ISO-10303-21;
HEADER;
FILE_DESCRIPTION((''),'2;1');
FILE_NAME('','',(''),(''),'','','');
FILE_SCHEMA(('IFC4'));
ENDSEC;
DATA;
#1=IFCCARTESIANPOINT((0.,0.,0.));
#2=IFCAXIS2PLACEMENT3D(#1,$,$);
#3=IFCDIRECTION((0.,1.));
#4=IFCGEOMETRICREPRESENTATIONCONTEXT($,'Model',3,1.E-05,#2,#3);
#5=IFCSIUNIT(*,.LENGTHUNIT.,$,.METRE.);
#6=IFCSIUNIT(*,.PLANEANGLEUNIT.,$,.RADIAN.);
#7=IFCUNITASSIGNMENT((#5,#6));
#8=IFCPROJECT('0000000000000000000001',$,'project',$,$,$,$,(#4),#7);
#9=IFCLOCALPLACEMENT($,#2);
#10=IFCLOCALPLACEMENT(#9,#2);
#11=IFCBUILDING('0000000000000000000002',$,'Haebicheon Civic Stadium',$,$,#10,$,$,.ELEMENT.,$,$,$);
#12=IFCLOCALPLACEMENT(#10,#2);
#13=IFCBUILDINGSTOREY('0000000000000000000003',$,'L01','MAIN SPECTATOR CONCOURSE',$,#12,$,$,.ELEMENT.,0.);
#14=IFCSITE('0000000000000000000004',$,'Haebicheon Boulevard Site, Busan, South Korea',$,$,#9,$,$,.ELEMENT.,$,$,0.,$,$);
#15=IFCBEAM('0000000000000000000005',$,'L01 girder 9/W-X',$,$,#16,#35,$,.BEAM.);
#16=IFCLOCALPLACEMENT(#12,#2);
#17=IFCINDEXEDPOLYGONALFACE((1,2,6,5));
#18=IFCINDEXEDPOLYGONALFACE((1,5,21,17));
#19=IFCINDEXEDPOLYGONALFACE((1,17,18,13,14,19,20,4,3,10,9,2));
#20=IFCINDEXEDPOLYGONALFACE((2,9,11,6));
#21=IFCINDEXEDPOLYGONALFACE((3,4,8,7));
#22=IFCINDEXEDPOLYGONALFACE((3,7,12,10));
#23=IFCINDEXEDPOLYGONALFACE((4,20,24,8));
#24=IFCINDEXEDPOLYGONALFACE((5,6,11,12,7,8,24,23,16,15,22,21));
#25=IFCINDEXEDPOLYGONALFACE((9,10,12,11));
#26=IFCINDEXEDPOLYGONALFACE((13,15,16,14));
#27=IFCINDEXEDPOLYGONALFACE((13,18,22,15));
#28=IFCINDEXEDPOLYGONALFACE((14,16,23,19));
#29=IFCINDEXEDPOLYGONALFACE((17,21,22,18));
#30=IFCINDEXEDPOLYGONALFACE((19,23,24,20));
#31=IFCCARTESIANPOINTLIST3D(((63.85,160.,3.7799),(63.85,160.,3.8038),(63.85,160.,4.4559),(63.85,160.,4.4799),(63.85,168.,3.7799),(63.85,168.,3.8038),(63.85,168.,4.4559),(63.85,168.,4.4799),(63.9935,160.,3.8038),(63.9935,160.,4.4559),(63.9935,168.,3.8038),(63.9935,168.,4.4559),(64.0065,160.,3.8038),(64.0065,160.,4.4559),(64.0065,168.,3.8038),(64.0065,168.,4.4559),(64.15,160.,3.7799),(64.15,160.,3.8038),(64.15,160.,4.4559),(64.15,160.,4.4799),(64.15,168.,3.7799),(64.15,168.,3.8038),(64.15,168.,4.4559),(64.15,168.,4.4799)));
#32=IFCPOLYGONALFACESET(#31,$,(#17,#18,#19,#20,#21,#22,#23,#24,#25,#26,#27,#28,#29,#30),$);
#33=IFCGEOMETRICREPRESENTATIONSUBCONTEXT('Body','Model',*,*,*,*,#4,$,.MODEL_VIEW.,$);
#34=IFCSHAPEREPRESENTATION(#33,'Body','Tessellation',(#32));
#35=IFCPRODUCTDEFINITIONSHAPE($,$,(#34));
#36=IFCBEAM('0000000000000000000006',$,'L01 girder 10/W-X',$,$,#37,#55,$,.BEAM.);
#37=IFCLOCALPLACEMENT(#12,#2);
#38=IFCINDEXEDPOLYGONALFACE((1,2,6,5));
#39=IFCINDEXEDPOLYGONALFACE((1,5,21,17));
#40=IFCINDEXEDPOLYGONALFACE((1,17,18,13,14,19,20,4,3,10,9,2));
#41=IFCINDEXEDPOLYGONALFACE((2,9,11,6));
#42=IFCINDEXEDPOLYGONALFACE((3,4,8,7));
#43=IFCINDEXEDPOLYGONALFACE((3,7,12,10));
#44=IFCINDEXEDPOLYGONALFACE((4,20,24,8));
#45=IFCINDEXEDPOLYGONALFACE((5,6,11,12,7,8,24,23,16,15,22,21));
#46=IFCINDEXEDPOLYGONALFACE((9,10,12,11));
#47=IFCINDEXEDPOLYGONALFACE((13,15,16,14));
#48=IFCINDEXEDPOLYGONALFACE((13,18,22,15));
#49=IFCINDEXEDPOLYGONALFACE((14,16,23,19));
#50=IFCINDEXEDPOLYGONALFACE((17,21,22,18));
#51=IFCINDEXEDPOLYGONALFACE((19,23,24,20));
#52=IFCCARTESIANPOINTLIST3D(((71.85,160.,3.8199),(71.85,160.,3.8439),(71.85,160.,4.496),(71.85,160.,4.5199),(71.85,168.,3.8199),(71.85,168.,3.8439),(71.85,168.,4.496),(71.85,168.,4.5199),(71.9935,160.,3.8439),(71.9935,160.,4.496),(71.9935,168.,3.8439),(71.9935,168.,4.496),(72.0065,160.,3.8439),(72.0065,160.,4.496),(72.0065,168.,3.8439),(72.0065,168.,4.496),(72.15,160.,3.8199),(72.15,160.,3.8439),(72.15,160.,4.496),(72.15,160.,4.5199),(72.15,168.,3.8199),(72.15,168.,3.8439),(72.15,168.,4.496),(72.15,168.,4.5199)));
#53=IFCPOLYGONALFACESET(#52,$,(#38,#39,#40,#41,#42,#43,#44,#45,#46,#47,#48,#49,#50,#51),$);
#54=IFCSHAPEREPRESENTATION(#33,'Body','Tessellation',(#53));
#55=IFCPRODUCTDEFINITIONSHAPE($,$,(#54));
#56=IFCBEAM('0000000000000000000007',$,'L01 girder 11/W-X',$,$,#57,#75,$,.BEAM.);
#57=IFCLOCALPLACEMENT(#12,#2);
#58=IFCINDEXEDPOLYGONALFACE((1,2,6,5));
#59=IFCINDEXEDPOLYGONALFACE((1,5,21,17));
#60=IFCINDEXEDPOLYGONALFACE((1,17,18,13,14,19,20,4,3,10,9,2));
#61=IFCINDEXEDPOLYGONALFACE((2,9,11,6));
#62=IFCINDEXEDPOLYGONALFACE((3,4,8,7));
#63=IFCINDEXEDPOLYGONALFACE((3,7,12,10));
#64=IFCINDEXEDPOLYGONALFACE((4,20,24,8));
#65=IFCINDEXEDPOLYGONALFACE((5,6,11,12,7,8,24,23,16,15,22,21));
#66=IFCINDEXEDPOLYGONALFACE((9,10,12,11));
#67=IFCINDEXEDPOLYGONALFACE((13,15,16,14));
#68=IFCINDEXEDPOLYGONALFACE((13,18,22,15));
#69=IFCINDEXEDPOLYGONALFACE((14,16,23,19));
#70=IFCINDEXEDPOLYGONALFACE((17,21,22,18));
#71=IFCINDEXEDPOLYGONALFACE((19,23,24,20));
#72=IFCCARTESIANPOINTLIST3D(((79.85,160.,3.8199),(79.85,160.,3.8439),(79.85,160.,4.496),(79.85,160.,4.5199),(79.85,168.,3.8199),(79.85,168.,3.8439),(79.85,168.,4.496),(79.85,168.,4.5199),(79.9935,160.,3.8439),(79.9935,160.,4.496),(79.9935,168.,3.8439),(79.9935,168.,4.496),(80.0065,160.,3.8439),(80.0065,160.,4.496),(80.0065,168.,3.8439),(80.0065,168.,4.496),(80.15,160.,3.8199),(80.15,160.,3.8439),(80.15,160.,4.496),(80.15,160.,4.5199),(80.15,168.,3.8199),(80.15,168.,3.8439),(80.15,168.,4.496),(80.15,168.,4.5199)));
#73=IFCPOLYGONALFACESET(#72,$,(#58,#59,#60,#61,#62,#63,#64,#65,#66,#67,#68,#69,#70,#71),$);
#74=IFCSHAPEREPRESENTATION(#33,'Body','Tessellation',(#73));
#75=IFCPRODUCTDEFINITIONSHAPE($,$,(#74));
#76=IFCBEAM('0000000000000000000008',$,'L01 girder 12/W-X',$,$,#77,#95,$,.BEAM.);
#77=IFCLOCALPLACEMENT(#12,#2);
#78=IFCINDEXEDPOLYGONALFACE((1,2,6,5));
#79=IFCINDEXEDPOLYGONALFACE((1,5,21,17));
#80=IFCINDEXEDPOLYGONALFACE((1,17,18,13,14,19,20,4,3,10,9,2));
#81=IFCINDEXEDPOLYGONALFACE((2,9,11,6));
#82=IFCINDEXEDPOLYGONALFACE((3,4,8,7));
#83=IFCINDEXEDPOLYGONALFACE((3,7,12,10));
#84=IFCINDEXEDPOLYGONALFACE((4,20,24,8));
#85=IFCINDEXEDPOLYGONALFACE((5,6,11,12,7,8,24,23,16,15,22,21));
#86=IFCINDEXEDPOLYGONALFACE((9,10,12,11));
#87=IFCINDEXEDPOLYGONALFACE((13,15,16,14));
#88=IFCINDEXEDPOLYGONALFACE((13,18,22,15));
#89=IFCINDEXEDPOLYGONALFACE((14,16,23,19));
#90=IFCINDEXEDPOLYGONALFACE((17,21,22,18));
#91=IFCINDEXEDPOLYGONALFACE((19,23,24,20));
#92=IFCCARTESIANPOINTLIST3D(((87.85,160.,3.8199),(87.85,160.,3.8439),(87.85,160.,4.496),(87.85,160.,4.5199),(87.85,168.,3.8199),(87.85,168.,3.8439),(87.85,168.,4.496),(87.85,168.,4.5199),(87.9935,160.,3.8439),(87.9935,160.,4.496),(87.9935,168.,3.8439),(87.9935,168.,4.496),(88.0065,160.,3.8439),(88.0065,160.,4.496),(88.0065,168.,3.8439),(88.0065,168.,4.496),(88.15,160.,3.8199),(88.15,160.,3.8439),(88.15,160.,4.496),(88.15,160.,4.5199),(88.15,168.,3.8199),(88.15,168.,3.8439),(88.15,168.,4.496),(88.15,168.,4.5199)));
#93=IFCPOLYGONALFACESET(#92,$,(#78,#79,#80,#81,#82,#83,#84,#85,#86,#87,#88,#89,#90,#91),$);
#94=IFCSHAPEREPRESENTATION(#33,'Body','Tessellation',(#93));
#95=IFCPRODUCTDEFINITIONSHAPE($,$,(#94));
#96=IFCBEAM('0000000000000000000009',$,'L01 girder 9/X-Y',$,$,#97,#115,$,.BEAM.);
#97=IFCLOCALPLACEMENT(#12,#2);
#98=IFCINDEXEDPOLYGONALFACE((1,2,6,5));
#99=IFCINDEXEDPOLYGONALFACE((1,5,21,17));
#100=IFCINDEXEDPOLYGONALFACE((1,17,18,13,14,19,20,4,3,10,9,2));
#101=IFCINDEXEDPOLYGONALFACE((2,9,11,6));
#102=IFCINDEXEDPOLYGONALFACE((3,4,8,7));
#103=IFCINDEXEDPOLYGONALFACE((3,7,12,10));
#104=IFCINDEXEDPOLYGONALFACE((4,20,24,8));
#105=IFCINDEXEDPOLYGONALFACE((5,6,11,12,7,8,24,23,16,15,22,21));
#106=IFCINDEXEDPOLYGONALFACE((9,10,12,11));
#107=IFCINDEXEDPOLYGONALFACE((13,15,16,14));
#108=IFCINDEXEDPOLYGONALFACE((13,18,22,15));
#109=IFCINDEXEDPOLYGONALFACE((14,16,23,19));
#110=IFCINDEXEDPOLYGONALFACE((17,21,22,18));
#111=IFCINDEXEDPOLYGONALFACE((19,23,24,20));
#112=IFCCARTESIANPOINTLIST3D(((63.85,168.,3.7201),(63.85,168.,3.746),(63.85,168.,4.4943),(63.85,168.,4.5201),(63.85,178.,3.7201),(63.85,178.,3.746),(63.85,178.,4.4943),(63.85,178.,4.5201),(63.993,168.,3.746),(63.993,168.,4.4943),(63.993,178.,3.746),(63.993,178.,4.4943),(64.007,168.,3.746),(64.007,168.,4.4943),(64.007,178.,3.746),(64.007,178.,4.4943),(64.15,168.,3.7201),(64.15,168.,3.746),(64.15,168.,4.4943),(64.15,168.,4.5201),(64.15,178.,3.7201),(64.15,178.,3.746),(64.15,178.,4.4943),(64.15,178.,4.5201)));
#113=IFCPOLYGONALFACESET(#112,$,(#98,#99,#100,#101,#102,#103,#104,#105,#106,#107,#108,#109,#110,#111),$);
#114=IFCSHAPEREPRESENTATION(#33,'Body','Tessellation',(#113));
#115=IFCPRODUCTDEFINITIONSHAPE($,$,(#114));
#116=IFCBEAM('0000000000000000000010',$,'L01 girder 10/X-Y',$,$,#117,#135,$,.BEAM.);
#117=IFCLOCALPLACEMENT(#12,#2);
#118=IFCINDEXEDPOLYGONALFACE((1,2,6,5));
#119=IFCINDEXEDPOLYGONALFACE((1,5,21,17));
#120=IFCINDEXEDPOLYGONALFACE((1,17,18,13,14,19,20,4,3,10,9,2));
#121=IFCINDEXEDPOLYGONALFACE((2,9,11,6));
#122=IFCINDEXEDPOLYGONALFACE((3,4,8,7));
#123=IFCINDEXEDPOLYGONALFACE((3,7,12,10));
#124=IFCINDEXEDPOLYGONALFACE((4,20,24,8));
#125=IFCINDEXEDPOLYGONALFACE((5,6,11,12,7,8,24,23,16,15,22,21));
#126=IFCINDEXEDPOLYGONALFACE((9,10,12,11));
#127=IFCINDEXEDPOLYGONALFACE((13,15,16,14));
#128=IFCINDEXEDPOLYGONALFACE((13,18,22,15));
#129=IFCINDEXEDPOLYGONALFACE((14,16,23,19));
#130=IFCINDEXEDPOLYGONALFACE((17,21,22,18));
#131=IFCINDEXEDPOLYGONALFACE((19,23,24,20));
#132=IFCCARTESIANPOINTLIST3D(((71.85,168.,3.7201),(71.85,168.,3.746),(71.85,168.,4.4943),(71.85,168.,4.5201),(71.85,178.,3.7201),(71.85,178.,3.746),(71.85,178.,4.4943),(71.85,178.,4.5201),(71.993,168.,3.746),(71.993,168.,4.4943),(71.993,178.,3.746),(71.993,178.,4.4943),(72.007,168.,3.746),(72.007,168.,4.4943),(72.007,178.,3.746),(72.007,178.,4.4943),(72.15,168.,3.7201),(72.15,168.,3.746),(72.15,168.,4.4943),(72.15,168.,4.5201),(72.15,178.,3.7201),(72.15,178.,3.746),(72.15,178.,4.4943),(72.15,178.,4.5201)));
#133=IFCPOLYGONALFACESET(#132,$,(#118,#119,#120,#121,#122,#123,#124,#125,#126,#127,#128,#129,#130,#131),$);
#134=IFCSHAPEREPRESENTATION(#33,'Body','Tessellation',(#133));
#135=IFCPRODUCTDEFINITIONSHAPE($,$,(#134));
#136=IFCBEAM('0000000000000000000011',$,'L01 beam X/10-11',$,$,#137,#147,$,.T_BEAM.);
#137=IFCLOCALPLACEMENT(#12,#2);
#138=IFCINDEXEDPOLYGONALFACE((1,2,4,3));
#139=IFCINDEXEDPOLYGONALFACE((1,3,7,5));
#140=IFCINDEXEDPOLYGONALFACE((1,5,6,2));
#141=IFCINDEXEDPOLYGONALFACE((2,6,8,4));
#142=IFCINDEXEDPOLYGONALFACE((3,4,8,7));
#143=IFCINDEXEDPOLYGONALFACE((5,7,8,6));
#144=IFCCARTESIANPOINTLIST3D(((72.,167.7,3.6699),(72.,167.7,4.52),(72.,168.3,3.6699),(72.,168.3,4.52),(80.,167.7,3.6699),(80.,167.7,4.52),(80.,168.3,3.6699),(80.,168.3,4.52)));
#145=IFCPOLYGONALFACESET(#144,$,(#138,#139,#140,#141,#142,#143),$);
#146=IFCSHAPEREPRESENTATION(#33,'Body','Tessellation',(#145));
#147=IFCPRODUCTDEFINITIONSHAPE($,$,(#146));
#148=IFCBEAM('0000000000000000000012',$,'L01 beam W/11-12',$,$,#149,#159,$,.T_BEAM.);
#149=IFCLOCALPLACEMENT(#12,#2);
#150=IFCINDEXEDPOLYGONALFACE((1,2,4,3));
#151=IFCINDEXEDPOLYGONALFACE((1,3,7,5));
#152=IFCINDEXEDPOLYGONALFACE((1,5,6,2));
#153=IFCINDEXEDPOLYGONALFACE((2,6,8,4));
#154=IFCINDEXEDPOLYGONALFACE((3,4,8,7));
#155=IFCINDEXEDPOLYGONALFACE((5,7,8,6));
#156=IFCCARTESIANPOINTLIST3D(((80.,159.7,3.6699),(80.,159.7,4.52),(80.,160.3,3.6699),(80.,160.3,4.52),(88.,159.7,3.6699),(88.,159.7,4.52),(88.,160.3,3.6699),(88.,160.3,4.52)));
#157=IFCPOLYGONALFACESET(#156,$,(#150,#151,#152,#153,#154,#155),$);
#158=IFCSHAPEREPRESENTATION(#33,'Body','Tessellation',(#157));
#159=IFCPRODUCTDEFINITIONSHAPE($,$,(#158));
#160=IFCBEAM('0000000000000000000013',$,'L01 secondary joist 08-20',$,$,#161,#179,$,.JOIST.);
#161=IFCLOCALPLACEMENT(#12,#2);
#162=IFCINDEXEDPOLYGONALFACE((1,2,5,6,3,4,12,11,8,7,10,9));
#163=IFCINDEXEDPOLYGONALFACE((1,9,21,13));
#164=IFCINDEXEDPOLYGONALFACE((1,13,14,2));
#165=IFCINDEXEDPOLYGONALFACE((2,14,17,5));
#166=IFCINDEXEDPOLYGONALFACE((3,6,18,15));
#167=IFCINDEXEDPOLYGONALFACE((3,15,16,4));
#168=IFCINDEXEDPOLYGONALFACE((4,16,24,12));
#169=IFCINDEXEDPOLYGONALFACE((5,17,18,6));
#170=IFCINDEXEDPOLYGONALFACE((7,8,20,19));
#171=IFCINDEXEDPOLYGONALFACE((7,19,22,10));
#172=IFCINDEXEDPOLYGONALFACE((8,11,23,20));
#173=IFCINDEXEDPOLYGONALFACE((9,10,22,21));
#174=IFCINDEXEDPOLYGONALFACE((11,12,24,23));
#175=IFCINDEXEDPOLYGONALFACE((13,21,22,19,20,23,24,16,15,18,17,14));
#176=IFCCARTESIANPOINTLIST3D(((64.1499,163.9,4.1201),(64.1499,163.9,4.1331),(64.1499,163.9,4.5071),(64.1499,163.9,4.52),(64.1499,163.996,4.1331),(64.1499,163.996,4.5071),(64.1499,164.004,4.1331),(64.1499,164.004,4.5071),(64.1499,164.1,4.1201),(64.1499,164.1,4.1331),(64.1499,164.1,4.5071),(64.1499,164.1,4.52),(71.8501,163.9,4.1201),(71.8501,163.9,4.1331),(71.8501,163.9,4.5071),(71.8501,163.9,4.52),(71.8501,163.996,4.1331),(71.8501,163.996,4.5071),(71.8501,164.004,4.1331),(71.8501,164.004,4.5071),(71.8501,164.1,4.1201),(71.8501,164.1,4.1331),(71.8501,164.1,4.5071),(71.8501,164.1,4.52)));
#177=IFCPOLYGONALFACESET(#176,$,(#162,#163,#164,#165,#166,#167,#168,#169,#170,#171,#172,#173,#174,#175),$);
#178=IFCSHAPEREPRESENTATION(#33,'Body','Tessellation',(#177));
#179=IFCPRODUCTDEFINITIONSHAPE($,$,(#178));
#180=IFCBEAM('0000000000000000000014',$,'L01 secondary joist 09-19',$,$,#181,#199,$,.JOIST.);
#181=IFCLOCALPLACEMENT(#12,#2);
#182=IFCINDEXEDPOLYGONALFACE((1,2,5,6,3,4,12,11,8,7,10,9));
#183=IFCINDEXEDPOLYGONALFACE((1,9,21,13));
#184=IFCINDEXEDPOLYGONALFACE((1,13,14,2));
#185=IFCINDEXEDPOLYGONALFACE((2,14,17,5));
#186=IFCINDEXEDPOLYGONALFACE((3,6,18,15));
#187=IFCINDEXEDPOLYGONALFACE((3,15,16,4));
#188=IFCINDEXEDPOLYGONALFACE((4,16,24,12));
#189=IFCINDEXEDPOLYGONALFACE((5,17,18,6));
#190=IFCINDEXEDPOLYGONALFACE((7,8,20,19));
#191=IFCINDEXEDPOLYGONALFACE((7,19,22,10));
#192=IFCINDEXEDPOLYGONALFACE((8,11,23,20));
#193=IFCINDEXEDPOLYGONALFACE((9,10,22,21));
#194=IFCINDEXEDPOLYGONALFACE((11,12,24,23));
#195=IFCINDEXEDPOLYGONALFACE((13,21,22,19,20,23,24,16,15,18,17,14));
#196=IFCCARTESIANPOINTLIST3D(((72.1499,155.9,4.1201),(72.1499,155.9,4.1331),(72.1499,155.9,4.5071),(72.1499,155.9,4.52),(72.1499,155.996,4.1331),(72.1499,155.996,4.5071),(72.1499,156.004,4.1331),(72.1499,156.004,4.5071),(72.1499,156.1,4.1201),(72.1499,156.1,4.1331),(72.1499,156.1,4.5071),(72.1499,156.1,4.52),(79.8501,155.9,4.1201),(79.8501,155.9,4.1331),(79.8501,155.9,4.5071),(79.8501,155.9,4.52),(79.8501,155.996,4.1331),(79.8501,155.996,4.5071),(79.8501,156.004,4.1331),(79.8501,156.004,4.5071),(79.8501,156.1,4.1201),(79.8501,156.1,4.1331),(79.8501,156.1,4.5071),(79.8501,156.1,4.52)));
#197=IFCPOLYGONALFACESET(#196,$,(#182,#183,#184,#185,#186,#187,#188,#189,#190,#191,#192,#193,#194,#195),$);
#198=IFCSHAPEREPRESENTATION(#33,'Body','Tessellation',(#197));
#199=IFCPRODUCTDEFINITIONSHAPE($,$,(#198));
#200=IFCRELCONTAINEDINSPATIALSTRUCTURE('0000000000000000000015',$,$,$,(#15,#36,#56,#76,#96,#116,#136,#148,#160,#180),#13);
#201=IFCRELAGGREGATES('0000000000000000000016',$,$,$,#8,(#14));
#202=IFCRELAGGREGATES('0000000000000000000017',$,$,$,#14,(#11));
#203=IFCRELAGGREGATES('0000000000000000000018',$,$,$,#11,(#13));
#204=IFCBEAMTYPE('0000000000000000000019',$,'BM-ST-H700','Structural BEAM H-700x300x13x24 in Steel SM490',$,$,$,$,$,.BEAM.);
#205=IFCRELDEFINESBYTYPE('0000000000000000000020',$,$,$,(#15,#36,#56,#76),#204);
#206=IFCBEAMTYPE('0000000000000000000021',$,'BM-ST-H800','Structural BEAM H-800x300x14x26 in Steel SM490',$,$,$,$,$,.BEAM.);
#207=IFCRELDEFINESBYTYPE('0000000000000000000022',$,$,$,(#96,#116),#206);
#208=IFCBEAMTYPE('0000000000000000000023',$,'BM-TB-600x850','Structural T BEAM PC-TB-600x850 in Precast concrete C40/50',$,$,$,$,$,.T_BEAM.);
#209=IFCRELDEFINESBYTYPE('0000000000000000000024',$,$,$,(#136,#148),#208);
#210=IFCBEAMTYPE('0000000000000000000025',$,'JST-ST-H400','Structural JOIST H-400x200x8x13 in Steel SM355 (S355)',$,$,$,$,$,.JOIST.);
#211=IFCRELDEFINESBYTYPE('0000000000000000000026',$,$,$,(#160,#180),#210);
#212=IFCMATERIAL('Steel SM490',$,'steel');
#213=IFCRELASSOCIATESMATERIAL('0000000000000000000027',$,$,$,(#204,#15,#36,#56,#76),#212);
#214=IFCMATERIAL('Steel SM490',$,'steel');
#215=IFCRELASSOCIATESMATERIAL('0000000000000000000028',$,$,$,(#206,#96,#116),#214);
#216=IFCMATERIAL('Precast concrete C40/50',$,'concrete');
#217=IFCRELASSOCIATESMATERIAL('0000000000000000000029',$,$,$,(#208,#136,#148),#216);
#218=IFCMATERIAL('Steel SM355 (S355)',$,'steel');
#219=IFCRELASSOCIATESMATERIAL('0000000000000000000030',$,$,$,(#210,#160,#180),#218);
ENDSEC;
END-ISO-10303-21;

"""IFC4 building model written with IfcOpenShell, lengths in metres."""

from ifc_helpers import new_model, si_unit, direction, frame, origin, origin_2d, place, context, subcontext, project, spatial, rectangle, i_section, extrude, material, material_profile, profile_set, type_object, element, save


model = new_model("IFC4")

# Units and contexts
model_context = context("Model", 3, precision=1e-05, world=origin(), true_north=direction((0.0, 1.0)))
body_context = subcontext(model_context, "Body", "Model", "MODEL_VIEW")
ifc_project = project(units=[si_unit("LENGTHUNIT", "METRE"), si_unit("PLANEANGLEUNIT", "RADIAN")], contexts=[model_context])

# Site, building, storey
site_placement = place(None, origin())
site = spatial("IfcSite", under=ifc_project, at=site_placement, Name="Haebicheon Boulevard Site, Busan, South Korea", CompositionType="ELEMENT", RefElevation=0.0)
building_placement = place(site_placement, origin())
building = spatial("IfcBuilding", under=site, at=building_placement, Name="Haebicheon Civic Stadium", CompositionType="ELEMENT")
storey_placement = place(building_placement, origin())
storey = spatial("IfcBuildingStorey", under=building, at=storey_placement, Name="L01", Description="MAIN SPECTATOR CONCOURSE", CompositionType="ELEMENT", Elevation=0.0)

# Beams
ifc_material_1 = material(Name="Steel SM490", Category="steel")
ifc_material_profile_1 = material_profile(ifc_material_1, i_section(OverallWidth=0.3, OverallDepth=0.7, WebThickness=0.0129, FlangeThickness=0.0239, at=origin_2d()), Name="H-700x300x13x24")
ifc_profile_set_1 = profile_set([ifc_material_profile_1], Name="Steel SM490")
beam_type_1 = type_object("IfcBeamType", Name="BM-ST-H700", Description="Structural BEAM H-700x300x13x24 in Steel SM490", PredefinedType="BEAM", material=ifc_profile_set_1)
for number, where, z_axis, x_axis, name in (
    (1, (64.0, 160.0, 4.1299), (0.0, 1.0, 0.0), (-1.0, 0.0, 0.0), "L01 girder 9/W-X"),
    (2, (72.0, 160.0, 4.1699), (0.0, 1.0, 0.0), (-1.0, 0.0, 0.0), "L01 girder 10/W-X"),
    (3, (80.0, 160.0, 4.1699), (0.0, 1.0, 0.0), (-1.0, 0.0, 0.0), "L01 girder 11/W-X"),
    (4, (88.0, 160.0, 4.1699), (0.0, 1.0, 0.0), (-1.0, 0.0, 0.0), "L01 girder 12/W-X"),
):
    element("IfcBeam", number, at=place(storey_placement, frame(where, z_axis=z_axis, x_axis=x_axis)), inside=storey, type_object=beam_type_1, material=ifc_profile_set_1, Name=name, PredefinedType="BEAM", context=body_context, shape_type="SweptSolid", body=[
        extrude(i_section(OverallWidth=0.3, OverallDepth=0.7, WebThickness=0.0129, FlangeThickness=0.0239, at=origin_2d()), origin(), (0.0, 0.0, 1.0), 8.0),
    ])
ifc_material_2 = material(Name="Steel SM490", Category="steel")
ifc_material_profile_2 = material_profile(ifc_material_2, i_section(OverallWidth=0.3, OverallDepth=0.8, WebThickness=0.0139, FlangeThickness=0.0259, at=origin_2d()), Name="H-800x300x14x26")
ifc_profile_set_2 = profile_set([ifc_material_profile_2], Name="Steel SM490")
beam_type_2 = type_object("IfcBeamType", Name="BM-ST-H800", Description="Structural BEAM H-800x300x14x26 in Steel SM490", PredefinedType="BEAM", material=ifc_profile_set_2)
for number, where, z_axis, x_axis, name in (
    (5, (64.0, 168.0, 4.1201), (0.0, 1.0, 0.0), (-1.0, 0.0, 0.0), "L01 girder 9/X-Y"),
    (6, (72.0, 168.0, 4.1201), (0.0, 1.0, 0.0), (-1.0, 0.0, 0.0), "L01 girder 10/X-Y"),
):
    element("IfcBeam", number, at=place(storey_placement, frame(where, z_axis=z_axis, x_axis=x_axis)), inside=storey, type_object=beam_type_2, material=ifc_profile_set_2, Name=name, PredefinedType="BEAM", context=body_context, shape_type="SweptSolid", body=[
        extrude(i_section(OverallWidth=0.3, OverallDepth=0.8, WebThickness=0.0139, FlangeThickness=0.0259, at=origin_2d()), origin(), (0.0, 0.0, 1.0), 10.0),
    ])
ifc_material_3 = material(Name="Precast concrete C40/50", Category="concrete")
ifc_material_profile_3 = material_profile(ifc_material_3, rectangle(XDim=0.6001, YDim=0.8501, at=origin_2d()), Name="PC-TB-600x850")
ifc_profile_set_3 = profile_set([ifc_material_profile_3], Name="Precast concrete C40/50")
beam_type_3 = type_object("IfcBeamType", Name="BM-TB-600x850", Description="Structural T BEAM PC-TB-600x850 in Precast concrete C40/50", PredefinedType="T_BEAM", material=ifc_profile_set_3)
for number, where, z_axis, x_axis, name in (
    (7, (72.0, 168.0, 4.095), (1.0, 0.0, 0.0), (0.0, 1.0, 0.0), "L01 beam X/10-11"),
    (8, (80.0, 160.0, 4.095), (1.0, 0.0, 0.0), (0.0, 1.0, 0.0), "L01 beam W/11-12"),
):
    element("IfcBeam", number, at=place(storey_placement, frame(where, z_axis=z_axis, x_axis=x_axis)), inside=storey, type_object=beam_type_3, material=ifc_profile_set_3, Name=name, PredefinedType="T_BEAM", context=body_context, shape_type="SweptSolid", body=[
        extrude(rectangle(XDim=0.6001, YDim=0.8501, at=origin_2d()), origin(), (0.0, 0.0, 1.0), 8.0),
    ])
ifc_material_4 = material(Name="Steel SM355 (S355)", Category="steel")
ifc_material_profile_4 = material_profile(ifc_material_4, i_section(OverallWidth=0.2, OverallDepth=0.3999, WebThickness=0.0081, FlangeThickness=0.0129, at=origin_2d()), Name="H-400x200x8x13")
ifc_profile_set_4 = profile_set([ifc_material_profile_4], Name="Steel SM355 (S355)")
beam_type_4 = type_object("IfcBeamType", Name="JST-ST-H400", Description="Structural JOIST H-400x200x8x13 in Steel SM355 (S355)", PredefinedType="JOIST", material=ifc_profile_set_4)
for number, where, z_axis, x_axis, name in (
    (9, (64.1499, 164.0, 4.3201), (1.0, 0.0, 0.0), (0.0, 1.0, 0.0), "L01 secondary joist 08-20"),
    (10, (72.1499, 156.0, 4.3201), (1.0, 0.0, 0.0), (0.0, 1.0, 0.0), "L01 secondary joist 09-19"),
):
    element("IfcBeam", number, at=place(storey_placement, frame(where, z_axis=z_axis, x_axis=x_axis)), inside=storey, type_object=beam_type_4, material=ifc_profile_set_4, Name=name, PredefinedType="JOIST", context=body_context, shape_type="SweptSolid", body=[
        extrude(i_section(OverallWidth=0.2, OverallDepth=0.3999, WebThickness=0.0081, FlangeThickness=0.0129, at=origin_2d()), origin(), (0.0, 0.0, 1.0), 7.7002),
    ])

save(model, "model.ifc")
